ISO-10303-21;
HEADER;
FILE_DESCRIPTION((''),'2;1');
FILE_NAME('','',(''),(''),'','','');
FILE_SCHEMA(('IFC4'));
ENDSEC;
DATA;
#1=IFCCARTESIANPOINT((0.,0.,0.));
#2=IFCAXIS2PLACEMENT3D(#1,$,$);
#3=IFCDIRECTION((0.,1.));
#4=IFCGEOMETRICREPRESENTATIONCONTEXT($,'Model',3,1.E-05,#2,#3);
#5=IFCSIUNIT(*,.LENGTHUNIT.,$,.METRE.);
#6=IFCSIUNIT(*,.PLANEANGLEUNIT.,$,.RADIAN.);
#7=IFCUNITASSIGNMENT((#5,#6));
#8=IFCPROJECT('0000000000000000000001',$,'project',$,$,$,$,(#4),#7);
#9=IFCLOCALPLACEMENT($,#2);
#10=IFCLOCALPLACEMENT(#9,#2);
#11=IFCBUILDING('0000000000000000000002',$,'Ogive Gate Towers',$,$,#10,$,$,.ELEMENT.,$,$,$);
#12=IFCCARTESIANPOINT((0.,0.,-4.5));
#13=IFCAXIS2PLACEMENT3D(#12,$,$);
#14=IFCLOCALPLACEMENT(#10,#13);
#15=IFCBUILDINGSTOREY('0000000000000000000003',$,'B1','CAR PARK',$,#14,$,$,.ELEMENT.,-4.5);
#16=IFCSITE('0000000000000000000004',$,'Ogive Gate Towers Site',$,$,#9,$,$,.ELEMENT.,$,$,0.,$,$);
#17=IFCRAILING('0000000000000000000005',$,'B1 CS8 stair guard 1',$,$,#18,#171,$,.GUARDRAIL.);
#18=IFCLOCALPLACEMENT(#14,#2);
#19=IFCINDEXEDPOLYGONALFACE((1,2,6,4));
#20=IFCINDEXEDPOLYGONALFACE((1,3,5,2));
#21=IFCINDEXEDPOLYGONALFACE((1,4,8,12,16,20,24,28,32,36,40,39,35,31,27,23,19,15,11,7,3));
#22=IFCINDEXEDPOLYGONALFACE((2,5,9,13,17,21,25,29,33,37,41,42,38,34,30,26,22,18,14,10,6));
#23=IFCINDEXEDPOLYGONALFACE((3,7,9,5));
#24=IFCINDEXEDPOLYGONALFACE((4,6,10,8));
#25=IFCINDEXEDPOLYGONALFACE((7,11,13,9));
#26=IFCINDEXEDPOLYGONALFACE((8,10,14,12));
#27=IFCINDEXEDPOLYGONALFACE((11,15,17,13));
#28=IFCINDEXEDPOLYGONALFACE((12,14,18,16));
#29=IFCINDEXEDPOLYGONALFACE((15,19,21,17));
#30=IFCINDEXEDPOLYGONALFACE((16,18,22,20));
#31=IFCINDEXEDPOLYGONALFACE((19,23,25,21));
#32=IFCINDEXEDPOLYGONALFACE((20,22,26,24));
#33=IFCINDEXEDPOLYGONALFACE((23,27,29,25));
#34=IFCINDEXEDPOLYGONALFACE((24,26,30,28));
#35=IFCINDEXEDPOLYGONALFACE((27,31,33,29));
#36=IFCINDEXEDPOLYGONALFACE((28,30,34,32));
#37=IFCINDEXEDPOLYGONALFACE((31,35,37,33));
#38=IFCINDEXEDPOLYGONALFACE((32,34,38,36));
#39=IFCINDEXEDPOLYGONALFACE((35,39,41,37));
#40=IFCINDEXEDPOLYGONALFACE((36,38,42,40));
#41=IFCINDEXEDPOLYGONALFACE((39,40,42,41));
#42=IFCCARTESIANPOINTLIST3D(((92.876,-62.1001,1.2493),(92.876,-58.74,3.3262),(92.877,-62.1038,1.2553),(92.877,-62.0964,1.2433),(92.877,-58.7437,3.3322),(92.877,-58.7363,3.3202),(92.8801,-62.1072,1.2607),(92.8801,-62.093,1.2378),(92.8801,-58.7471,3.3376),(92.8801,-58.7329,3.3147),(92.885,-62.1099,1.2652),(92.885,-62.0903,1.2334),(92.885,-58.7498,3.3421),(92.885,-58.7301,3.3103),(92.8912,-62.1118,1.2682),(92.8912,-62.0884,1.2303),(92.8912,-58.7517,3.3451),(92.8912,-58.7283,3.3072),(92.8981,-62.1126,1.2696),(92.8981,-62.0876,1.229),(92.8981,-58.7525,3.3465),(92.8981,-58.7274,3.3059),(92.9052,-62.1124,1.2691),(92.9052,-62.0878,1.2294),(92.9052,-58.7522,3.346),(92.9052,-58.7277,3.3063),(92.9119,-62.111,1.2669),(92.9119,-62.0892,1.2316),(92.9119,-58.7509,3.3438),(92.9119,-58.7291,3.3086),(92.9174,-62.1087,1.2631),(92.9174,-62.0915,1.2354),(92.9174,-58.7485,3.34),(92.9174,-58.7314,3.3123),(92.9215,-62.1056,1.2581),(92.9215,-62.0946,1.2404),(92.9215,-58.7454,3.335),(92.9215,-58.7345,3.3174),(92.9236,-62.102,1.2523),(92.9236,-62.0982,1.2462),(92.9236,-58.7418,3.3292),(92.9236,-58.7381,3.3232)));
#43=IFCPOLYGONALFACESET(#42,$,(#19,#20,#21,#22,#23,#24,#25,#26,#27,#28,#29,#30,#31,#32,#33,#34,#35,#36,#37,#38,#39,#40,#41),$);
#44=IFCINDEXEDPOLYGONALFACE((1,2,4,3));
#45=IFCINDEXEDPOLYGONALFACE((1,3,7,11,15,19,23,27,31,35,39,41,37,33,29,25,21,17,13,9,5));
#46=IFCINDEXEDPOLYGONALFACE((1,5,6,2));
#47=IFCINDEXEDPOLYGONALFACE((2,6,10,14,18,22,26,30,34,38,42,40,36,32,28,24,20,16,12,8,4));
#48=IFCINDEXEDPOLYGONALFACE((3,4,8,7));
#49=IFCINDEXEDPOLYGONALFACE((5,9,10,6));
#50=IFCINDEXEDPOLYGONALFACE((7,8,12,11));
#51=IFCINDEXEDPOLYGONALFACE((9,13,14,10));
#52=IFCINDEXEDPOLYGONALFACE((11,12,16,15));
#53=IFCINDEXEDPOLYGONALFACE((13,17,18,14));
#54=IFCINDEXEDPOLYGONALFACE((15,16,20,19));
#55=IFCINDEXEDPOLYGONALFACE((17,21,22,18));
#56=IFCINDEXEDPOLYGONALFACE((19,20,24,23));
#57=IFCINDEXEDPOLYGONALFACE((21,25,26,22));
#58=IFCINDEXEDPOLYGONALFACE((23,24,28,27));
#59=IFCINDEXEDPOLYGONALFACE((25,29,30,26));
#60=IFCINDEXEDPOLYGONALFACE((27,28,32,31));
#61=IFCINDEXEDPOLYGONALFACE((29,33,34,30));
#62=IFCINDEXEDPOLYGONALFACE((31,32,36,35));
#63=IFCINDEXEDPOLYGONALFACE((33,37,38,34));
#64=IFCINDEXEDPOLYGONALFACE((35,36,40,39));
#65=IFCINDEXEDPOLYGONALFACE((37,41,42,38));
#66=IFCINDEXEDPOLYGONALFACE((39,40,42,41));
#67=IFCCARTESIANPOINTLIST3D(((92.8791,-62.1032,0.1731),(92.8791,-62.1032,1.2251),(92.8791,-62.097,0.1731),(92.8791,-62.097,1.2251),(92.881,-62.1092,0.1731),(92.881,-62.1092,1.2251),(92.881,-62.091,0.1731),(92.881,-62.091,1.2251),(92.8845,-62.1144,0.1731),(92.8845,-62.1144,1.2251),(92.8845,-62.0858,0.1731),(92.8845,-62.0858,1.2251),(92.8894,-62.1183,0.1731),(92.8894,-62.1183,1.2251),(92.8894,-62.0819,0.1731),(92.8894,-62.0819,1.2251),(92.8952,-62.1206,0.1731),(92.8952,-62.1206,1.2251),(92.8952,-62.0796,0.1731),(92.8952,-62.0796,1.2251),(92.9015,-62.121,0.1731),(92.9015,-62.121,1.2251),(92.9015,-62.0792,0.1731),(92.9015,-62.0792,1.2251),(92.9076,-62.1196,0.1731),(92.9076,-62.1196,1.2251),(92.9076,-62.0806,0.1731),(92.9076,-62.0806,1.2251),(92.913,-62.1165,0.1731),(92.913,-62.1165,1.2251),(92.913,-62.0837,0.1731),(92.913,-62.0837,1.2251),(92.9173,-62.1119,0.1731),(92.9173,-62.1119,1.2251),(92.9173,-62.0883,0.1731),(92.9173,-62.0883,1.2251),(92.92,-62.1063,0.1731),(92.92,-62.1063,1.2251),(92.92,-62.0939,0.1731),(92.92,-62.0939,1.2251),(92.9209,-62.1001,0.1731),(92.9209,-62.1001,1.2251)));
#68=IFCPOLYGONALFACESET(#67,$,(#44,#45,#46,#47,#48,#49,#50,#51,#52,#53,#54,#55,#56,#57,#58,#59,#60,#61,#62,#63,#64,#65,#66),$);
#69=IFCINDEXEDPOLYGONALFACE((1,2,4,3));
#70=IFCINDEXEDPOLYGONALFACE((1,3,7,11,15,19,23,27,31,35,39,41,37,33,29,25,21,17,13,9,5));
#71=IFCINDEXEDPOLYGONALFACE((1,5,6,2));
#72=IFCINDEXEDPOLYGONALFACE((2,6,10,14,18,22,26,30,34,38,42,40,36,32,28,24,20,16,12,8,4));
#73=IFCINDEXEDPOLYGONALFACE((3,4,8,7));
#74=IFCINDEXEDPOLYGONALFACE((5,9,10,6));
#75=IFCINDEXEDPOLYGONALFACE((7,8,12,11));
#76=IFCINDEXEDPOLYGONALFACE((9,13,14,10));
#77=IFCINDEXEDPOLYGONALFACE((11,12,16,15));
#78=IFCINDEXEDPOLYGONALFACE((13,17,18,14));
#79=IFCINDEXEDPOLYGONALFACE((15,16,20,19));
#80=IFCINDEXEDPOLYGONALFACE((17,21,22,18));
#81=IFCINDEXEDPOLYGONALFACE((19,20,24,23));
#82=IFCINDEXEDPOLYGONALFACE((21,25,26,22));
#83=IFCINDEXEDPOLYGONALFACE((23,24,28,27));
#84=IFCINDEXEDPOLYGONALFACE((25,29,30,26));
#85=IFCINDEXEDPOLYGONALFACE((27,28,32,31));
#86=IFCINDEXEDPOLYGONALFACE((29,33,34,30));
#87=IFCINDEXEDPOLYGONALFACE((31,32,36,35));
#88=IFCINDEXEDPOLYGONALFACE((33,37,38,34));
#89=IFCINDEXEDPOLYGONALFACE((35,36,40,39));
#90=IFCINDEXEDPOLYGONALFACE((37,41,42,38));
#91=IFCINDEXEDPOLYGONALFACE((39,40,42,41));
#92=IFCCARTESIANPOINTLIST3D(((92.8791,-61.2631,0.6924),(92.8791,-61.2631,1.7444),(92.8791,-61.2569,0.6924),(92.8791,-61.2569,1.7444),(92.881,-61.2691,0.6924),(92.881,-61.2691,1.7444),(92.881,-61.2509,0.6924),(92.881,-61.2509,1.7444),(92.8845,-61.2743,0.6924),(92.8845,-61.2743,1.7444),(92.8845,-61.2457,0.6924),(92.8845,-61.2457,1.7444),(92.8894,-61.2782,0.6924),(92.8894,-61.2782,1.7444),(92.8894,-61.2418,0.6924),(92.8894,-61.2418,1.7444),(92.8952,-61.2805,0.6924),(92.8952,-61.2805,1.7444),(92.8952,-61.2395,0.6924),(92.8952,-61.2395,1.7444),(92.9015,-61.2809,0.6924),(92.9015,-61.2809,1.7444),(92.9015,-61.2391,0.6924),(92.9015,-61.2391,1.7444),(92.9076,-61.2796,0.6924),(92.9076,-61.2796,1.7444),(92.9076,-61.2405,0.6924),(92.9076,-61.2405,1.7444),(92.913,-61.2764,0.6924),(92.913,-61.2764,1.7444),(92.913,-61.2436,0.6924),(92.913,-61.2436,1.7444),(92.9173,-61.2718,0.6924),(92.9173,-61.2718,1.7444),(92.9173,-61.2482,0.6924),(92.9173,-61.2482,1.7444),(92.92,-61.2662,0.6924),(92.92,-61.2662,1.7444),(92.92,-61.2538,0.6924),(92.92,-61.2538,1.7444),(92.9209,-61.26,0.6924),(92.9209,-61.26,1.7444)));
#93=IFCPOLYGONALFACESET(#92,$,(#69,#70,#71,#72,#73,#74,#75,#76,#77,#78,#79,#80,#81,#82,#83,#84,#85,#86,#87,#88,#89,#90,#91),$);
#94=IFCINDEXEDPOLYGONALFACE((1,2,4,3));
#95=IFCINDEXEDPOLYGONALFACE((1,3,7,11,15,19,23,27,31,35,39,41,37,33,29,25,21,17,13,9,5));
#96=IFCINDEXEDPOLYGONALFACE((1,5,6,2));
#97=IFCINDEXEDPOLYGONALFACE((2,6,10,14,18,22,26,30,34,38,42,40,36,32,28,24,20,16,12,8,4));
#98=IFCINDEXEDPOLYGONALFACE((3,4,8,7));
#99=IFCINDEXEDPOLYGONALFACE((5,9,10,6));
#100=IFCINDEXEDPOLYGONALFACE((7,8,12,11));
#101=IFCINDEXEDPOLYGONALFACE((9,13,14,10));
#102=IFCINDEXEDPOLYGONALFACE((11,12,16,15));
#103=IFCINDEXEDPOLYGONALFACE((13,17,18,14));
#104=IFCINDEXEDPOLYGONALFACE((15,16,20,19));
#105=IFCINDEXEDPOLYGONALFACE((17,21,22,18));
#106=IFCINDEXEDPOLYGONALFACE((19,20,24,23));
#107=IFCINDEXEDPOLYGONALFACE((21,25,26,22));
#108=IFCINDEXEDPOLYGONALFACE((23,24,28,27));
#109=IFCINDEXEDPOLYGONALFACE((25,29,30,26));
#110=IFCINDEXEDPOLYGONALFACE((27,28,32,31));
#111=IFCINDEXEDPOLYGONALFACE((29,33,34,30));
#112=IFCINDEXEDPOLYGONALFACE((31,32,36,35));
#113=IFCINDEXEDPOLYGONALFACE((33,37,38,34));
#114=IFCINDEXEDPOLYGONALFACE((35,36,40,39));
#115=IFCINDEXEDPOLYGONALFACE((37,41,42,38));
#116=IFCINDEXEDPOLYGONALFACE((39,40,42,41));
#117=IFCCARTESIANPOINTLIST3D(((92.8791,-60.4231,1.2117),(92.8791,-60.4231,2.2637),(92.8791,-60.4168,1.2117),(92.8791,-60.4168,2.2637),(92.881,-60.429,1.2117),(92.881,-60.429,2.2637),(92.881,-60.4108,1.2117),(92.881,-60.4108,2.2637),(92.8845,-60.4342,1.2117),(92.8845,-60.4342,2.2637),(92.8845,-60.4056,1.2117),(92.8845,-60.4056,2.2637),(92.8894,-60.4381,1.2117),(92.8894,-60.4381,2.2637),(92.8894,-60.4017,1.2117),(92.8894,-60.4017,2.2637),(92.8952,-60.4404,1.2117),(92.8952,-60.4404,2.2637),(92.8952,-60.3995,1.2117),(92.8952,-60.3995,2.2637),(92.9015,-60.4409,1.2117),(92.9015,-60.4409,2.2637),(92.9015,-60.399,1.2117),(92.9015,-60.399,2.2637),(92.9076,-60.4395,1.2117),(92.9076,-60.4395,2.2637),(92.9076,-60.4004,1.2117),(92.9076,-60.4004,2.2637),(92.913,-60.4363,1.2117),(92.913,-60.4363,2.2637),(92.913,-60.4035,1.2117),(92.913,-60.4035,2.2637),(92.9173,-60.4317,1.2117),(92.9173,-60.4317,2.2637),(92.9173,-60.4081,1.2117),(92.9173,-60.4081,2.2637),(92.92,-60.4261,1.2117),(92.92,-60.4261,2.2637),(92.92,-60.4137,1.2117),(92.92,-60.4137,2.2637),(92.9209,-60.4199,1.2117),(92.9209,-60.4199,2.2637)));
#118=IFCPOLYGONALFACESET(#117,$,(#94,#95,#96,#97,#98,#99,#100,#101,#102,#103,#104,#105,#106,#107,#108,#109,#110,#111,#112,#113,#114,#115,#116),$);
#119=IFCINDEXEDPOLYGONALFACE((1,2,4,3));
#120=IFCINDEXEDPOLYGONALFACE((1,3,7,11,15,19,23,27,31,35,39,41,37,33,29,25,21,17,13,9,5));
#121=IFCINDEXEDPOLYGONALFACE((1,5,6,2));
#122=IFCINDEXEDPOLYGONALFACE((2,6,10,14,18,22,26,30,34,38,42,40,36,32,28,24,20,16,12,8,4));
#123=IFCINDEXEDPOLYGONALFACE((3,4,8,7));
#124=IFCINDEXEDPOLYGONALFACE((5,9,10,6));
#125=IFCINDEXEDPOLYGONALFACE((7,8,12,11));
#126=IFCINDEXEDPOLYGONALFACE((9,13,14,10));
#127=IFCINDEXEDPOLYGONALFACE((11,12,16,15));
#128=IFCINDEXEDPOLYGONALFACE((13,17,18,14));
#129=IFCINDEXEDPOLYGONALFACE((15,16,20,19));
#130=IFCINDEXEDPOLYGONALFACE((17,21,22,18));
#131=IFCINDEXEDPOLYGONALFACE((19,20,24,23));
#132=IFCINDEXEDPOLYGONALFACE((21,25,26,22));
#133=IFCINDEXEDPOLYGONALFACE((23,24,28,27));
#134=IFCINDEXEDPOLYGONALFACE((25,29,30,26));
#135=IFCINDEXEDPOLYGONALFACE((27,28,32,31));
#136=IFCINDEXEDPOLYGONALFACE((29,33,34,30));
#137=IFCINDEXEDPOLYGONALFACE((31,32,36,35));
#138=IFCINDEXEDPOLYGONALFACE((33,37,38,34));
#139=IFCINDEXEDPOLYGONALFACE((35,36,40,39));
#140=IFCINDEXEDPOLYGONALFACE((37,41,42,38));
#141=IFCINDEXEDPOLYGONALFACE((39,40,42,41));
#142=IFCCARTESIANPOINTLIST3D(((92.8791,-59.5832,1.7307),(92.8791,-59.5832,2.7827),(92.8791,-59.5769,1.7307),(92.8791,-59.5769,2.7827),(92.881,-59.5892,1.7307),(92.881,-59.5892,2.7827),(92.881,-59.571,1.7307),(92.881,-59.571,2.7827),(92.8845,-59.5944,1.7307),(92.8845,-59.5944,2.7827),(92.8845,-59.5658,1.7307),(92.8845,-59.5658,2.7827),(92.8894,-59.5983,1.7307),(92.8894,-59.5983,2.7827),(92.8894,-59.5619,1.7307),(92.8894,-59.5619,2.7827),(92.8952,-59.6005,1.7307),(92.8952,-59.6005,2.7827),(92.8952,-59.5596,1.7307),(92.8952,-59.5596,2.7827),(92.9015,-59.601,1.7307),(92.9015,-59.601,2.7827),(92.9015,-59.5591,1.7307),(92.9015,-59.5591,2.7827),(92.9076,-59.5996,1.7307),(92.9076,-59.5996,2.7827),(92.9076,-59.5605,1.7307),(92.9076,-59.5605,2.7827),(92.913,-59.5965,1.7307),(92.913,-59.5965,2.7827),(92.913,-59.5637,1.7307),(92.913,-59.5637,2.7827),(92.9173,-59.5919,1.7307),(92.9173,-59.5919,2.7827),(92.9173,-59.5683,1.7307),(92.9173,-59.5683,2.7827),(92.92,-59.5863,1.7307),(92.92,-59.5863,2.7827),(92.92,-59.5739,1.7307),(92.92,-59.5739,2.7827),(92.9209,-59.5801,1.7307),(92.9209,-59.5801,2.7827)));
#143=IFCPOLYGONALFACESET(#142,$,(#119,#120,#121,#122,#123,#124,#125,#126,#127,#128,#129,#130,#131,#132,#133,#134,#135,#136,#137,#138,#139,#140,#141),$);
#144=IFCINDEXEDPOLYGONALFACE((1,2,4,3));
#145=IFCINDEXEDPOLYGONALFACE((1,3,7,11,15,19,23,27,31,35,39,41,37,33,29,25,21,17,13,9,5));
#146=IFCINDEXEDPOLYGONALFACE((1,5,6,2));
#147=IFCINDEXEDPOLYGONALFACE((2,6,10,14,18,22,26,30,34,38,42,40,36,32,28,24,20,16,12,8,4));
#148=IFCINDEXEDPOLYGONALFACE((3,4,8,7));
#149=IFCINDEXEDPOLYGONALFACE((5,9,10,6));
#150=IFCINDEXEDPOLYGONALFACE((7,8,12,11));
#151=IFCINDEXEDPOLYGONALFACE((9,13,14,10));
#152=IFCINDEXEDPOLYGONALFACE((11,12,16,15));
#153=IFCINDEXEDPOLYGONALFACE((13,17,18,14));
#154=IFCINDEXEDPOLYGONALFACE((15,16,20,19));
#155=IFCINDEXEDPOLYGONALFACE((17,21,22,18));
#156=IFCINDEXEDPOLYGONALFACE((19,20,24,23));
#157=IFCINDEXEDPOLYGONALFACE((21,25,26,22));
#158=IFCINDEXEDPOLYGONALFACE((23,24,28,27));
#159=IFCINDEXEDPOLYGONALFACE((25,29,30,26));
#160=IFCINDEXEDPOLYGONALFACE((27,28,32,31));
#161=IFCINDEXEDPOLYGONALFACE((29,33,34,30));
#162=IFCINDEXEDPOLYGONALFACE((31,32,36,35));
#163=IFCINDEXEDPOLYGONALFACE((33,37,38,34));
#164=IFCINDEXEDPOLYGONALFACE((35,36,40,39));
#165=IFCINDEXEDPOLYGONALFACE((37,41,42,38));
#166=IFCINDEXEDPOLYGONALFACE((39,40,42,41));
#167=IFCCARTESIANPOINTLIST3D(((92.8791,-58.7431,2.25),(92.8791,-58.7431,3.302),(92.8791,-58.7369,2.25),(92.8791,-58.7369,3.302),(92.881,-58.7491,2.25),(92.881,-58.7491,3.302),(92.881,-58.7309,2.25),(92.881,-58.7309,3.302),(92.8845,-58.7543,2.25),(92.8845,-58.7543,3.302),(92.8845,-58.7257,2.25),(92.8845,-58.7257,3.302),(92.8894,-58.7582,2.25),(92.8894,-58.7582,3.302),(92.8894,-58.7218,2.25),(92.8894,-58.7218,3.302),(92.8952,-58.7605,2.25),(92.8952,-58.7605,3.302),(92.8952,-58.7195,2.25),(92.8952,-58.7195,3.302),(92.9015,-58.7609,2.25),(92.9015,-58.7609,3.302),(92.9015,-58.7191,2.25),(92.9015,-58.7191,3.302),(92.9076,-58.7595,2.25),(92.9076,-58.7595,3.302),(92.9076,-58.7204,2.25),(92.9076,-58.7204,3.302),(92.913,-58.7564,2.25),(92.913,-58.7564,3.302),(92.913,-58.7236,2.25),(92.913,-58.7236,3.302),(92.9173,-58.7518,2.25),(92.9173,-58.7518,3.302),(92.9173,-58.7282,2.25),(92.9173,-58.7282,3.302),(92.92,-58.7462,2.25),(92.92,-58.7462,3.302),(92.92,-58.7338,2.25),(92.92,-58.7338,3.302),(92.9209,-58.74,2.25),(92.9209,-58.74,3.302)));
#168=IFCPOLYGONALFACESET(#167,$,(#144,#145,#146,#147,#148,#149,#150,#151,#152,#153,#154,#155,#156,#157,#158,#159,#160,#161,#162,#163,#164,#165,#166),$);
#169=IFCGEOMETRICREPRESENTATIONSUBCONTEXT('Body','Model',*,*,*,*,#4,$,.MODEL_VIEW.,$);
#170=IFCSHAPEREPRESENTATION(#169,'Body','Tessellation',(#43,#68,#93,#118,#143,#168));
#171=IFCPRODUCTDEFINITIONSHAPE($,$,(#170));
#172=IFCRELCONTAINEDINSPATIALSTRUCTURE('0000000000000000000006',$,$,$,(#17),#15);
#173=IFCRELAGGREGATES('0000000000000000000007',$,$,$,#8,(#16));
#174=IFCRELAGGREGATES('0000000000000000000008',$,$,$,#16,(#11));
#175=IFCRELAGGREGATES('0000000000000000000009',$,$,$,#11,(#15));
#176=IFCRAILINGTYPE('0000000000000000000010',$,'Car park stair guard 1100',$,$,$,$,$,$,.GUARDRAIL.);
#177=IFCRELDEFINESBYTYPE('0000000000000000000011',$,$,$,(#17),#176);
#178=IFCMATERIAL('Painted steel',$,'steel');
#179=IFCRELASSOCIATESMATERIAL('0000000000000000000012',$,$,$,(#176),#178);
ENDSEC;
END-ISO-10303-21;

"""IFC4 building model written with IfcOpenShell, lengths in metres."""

from ifc_helpers import new_model, si_unit, direction, frame, origin, origin_2d, place, context, subcontext, project, spatial, circle, extrude, material, type_object, element, save


model = new_model("IFC4")

# Units and contexts
model_context = context("Model", 3, precision=1e-05, world=origin(), true_north=direction((0.0, 1.0)))
body_context = subcontext(model_context, "Body", "Model", "MODEL_VIEW")
ifc_project = project(units=[si_unit("LENGTHUNIT", "METRE"), si_unit("PLANEANGLEUNIT", "RADIAN")], contexts=[model_context])

# Site, building, storey
site_placement = place(None, origin())
site = spatial("IfcSite", under=ifc_project, at=site_placement, Name="Ogive Gate Towers Site", CompositionType="ELEMENT", RefElevation=0.0)
building_placement = place(site_placement, origin())
building = spatial("IfcBuilding", under=site, at=building_placement, Name="Ogive Gate Towers", CompositionType="ELEMENT")
storey_placement = place(building_placement, frame((0.0, 0.0, -4.5)))
storey = spatial("IfcBuildingStorey", under=building, at=storey_placement, Name="B1", Description="CAR PARK", CompositionType="ELEMENT", Elevation=-4.5)

# Railing
ifc_material_1 = material(Name="Painted steel", Category="steel")
railing_type_1 = type_object("IfcRailingType", Name="Car park stair guard 1100", PredefinedType="GUARDRAIL", material=ifc_material_1)
railing_1_placement = place(storey_placement, frame((92.8999, -62.1001, 0.1731)))
element("IfcRailing", 1, at=railing_1_placement, inside=storey, type_object=railing_type_1, Name="B1 CS8 stair guard 1", PredefinedType="GUARDRAIL", context=body_context, shape_type="SweptSolid", body=[
    extrude(circle(Radius=0.0239, at=origin_2d()), frame((0.0, 0.0, 1.0762), z_axis=(0.0, 0.850623, 0.525776), x_axis=(-1.0, 0.0, 0.0)), (0.0, 0.0, 1.0), 3.9502),
    extrude(circle(Radius=0.021, at=origin_2d()), origin(), (0.0, 0.0, 1.0), 1.052),
    extrude(circle(Radius=0.021, at=origin_2d()), frame((0.0, 0.8401, 0.5193)), (0.0, 0.0, 1.0), 1.052),
    extrude(circle(Radius=0.021, at=origin_2d()), frame((0.0, 1.6802, 1.0386)), (0.0, 0.0, 1.0), 1.052),
    extrude(circle(Radius=0.021, at=origin_2d()), frame((0.0, 2.52, 1.5576)), (0.0, 0.0, 1.0), 1.052),
    extrude(circle(Radius=0.021, at=origin_2d()), frame((0.0, 3.3601, 2.0769)), (0.0, 0.0, 1.0), 1.052),
])

save(model, "model.ifc")
